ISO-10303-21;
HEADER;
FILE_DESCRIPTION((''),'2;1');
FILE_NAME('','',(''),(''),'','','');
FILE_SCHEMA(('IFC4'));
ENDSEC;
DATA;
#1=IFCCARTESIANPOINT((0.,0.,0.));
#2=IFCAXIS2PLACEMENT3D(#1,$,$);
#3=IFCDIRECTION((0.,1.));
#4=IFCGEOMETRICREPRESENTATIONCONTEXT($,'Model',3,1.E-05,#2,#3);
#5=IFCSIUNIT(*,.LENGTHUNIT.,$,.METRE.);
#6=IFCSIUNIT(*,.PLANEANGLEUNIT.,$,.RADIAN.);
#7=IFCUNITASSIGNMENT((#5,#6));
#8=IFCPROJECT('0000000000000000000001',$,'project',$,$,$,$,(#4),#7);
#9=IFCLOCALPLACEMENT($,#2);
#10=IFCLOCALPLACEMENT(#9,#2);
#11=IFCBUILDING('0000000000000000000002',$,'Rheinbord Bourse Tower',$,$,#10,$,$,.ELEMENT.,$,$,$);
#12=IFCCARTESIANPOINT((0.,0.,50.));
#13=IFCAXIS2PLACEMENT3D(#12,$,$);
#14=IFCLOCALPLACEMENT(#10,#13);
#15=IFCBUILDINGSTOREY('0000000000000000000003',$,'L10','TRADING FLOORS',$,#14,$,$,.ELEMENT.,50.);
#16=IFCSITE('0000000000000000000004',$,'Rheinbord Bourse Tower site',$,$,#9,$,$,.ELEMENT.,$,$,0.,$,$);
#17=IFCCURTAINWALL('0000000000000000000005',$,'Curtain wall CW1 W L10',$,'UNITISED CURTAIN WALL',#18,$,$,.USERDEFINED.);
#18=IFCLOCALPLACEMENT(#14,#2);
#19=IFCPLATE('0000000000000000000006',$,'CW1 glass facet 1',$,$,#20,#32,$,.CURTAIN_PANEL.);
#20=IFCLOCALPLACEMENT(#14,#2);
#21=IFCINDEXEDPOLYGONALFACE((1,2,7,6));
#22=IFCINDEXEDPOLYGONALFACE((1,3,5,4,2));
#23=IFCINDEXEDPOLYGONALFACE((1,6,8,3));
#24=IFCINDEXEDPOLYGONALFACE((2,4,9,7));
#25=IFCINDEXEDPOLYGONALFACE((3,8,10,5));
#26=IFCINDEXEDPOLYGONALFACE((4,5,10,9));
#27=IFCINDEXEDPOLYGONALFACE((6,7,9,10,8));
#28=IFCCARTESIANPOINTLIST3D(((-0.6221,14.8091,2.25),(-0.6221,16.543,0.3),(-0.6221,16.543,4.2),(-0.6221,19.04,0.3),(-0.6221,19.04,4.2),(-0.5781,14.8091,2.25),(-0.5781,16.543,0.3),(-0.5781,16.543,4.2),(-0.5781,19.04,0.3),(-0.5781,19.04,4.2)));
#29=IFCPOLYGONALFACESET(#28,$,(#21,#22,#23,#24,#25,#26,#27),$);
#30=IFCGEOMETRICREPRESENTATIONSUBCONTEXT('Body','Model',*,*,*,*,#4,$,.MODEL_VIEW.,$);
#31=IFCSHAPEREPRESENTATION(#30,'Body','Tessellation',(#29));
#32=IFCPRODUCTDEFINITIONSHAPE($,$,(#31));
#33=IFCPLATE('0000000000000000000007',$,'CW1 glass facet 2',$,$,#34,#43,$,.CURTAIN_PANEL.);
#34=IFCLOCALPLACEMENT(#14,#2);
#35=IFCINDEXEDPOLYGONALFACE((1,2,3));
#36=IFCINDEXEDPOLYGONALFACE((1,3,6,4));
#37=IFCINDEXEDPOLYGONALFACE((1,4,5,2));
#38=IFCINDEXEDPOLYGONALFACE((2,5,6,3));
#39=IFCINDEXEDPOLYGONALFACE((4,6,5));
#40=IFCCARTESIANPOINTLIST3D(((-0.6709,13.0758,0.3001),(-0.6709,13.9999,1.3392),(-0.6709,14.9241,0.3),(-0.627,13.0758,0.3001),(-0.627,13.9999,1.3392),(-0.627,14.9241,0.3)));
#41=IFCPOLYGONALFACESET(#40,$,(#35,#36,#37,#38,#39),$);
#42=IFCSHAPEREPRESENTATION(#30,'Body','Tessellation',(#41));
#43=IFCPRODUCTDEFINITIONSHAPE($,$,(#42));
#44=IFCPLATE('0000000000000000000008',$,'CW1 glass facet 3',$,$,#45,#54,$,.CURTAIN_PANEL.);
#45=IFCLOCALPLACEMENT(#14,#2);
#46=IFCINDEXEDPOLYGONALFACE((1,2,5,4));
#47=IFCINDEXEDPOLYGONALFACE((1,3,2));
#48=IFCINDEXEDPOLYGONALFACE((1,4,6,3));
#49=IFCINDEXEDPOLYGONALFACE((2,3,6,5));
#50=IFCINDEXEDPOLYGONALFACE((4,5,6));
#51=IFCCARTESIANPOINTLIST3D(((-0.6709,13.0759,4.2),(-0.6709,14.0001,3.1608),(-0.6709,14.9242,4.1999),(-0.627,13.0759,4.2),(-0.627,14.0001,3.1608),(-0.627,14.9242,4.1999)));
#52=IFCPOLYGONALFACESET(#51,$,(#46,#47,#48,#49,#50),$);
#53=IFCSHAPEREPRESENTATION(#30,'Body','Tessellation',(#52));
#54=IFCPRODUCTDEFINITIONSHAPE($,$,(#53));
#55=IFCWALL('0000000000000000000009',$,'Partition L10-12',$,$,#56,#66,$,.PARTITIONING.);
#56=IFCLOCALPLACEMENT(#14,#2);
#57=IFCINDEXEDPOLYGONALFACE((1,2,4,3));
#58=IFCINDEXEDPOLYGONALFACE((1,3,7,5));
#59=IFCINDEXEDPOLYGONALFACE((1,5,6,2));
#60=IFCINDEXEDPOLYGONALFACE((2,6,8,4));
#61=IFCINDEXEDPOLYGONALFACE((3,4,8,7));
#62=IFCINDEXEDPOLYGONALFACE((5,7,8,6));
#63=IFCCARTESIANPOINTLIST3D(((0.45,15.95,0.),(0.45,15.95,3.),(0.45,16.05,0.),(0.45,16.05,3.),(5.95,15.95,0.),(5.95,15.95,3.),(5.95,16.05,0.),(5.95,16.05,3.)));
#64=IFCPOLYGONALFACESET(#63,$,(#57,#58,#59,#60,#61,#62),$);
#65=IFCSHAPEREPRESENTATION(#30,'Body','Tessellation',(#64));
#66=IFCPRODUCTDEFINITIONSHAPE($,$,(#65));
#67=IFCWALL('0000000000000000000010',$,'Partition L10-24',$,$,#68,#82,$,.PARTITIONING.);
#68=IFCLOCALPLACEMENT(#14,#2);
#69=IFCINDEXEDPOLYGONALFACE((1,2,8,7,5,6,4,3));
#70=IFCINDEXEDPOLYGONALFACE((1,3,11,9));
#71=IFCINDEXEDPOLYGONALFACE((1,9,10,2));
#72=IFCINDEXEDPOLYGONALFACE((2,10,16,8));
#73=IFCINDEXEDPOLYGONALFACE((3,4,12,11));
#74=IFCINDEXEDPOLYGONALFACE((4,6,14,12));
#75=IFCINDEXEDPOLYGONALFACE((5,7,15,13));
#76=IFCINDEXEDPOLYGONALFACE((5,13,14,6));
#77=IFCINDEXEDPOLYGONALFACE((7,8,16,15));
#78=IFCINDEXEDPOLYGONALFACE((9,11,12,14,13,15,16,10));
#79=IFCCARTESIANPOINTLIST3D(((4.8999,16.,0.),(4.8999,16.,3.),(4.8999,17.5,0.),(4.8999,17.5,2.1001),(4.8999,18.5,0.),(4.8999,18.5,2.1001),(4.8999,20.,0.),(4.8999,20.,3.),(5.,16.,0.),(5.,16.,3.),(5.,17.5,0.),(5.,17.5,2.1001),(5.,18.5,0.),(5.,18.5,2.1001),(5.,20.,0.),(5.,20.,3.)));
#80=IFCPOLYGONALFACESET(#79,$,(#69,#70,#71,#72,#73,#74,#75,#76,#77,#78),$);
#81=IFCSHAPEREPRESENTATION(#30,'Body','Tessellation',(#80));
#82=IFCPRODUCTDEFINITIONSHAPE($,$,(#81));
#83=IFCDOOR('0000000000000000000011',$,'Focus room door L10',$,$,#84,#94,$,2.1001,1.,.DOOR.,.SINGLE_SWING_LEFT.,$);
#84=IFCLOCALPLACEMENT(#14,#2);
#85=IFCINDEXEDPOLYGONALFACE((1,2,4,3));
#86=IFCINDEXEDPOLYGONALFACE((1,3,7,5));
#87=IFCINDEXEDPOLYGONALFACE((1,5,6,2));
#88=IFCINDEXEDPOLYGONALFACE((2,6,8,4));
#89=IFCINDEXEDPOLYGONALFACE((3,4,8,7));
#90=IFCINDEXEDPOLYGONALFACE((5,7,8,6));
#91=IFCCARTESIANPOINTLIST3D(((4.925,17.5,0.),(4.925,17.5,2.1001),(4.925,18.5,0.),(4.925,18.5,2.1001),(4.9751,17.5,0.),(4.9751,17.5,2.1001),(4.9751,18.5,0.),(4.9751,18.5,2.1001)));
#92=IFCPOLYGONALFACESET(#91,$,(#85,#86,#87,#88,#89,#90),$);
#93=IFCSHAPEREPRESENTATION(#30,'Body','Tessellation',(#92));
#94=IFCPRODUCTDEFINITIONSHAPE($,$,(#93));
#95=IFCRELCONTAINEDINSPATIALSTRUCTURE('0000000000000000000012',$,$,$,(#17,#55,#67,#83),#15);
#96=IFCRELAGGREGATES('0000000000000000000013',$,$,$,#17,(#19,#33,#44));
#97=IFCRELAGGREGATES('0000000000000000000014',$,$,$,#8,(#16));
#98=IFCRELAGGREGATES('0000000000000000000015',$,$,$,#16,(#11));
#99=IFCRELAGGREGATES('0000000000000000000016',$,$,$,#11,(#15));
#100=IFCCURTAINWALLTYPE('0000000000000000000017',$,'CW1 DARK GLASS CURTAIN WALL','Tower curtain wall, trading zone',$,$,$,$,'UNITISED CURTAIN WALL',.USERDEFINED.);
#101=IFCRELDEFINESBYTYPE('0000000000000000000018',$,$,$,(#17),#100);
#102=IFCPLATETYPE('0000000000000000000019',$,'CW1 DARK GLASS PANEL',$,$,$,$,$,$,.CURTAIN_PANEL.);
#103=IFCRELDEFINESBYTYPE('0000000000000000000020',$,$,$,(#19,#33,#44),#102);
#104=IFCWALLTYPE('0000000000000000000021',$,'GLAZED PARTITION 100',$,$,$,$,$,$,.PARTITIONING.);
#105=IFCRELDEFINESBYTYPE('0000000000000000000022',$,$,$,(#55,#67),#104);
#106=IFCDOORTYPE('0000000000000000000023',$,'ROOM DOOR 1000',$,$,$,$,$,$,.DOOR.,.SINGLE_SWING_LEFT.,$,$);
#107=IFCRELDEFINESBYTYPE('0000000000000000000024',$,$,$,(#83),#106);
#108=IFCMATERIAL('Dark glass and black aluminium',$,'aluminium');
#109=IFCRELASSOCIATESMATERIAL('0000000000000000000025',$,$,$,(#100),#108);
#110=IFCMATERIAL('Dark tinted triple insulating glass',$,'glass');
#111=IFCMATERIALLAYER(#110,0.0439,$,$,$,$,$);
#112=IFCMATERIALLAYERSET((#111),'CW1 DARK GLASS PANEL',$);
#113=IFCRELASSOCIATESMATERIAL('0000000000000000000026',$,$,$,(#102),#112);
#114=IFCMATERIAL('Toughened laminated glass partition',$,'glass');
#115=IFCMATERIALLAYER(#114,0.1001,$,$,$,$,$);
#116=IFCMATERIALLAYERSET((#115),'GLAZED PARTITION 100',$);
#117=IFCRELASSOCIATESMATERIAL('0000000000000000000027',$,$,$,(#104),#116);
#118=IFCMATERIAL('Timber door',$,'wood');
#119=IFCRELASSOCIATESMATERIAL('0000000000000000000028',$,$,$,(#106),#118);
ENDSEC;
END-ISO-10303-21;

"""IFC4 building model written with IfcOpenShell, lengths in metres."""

from ifc_helpers import new_model, si_unit, direction, frame, frame_2d, origin, place, context, subcontext, project, spatial, polyline, rectangle, outline, extrude, material, layer, layer_set, type_object, element, fill, aggregate, save


model = new_model("IFC4")

# Units and contexts
model_context = context("Model", 3, precision=1e-05, world=origin(), true_north=direction((0.0, 1.0)))
body_context = subcontext(model_context, "Body", "Model", "MODEL_VIEW")
ifc_project = project(units=[si_unit("LENGTHUNIT", "METRE"), si_unit("PLANEANGLEUNIT", "RADIAN")], contexts=[model_context])

# Site, building, storey
site_placement = place(None, origin())
site = spatial("IfcSite", under=ifc_project, at=site_placement, Name="Rheinbord Bourse Tower site", CompositionType="ELEMENT", RefElevation=0.0)
building_placement = place(site_placement, origin())
building = spatial("IfcBuilding", under=site, at=building_placement, Name="Rheinbord Bourse Tower", CompositionType="ELEMENT")
storey_placement = place(building_placement, frame((0.0, 0.0, 50.0)))
storey = spatial("IfcBuildingStorey", under=building, at=storey_placement, Name="L10", Description="TRADING FLOORS", CompositionType="ELEMENT", Elevation=50.0)

# Curtain wall
ifc_material_1 = material(Name="Dark glass and black aluminium", Category="aluminium")
curtain_wall_type = type_object("IfcCurtainWallType", Name="CW1 DARK GLASS CURTAIN WALL", Description="Tower curtain wall, trading zone", ElementType="UNITISED CURTAIN WALL", PredefinedType="USERDEFINED", material=ifc_material_1)
curtain_wall_placement = place(storey_placement, origin())
curtain_wall = element("IfcCurtainWall", 1, at=curtain_wall_placement, inside=storey, type_object=curtain_wall_type, Name="Curtain wall CW1 W L10", ObjectType="UNITISED CURTAIN WALL", PredefinedType="USERDEFINED")

# Plates
ifc_material_2 = material(Name="Dark tinted triple insulating glass", Category="glass")
ifc_layer_1 = layer(ifc_material_2, 0.0439)
ifc_layer_set_1 = layer_set([ifc_layer_1], Name="CW1 DARK GLASS PANEL")
plate_type = type_object("IfcPlateType", Name="CW1 DARK GLASS PANEL", PredefinedType="CURTAIN_PANEL", material=ifc_layer_set_1)
plate_1_placement = place(storey_placement, frame((-0.6221, 19.04, 0.3), z_axis=(1.0, 0.0, 0.0), x_axis=(0.0, 0.0, 1.0)))
plate_1 = element("IfcPlate", 2, at=plate_1_placement, type_object=plate_type, Name="CW1 glass facet 1", PredefinedType="CURTAIN_PANEL", context=body_context, shape_type="SweptSolid", body=[
    extrude(outline(polyline([(0.0, 0.0), (3.8999, 0.0), (3.8999, 2.4971), (1.95, 4.231), (0.0, 2.4971), (0.0, 0.0)])), origin(), (0.0, 0.0, 1.0), 0.0439),
])
plate_2_placement = place(storey_placement, frame((-0.6709, 14.9241, 0.3), z_axis=(1.0, 0.0, 0.0), x_axis=(0.0, -0.664549, 0.747245)))
plate_2 = element("IfcPlate", 3, at=plate_2_placement, type_object=plate_type, Name="CW1 glass facet 2", PredefinedType="CURTAIN_PANEL", context=body_context, shape_type="SweptSolid", body=[
    extrude(outline(polyline([(0.0, 0.0), (1.3906, 0.0), (1.2283, 1.3811), (0.0, 0.0)])), origin(), (0.0, 0.0, 1.0), 0.0439),
])
plate_3_placement = place(storey_placement, frame((-0.6709, 13.0759, 4.2), z_axis=(1.0, 0.0, 0.0), x_axis=(0.0, 0.664549, -0.747245)))
plate_3 = element("IfcPlate", 4, at=plate_3_placement, type_object=plate_type, Name="CW1 glass facet 3", PredefinedType="CURTAIN_PANEL", context=body_context, shape_type="SweptSolid", body=[
    extrude(outline(polyline([(0.0, 0.0), (1.3906, 0.0), (1.2283, 1.3811), (0.0, 0.0)])), origin(), (0.0, 0.0, 1.0), 0.0439),
])
aggregate(curtain_wall, [plate_1, plate_2, plate_3])

# Wall
ifc_material_3 = material(Name="Toughened laminated glass partition", Category="glass")
ifc_layer_2 = layer(ifc_material_3, 0.1001)
ifc_layer_set_2 = layer_set([ifc_layer_2], Name="GLAZED PARTITION 100")
wall_type = type_object("IfcWallType", Name="GLAZED PARTITION 100", PredefinedType="PARTITIONING", material=ifc_layer_set_2)
wall_1_placement = place(storey_placement, frame((0.45, 16.0, 0.0), z_axis=(0.0, 0.0, 1.0), x_axis=(1.0, 0.0, 0.0)))
element("IfcWall", 5, at=wall_1_placement, inside=storey, type_object=wall_type, Name="Partition L10-12", PredefinedType="PARTITIONING", context=body_context, shape_type="SweptSolid", body=[
    extrude(rectangle(XDim=5.5, YDim=0.1001, at=frame_2d((2.75, 0.0))), origin(), (0.0, 0.0, 1.0), 3.0),
])

# Wall, opening, door
wall_2_placement = place(storey_placement, frame((4.95, 16.0, 0.0), z_axis=(0.0, 0.0, 1.0), x_axis=(0.0, 1.0, 0.0)))
wall_2 = element("IfcWall", 6, at=wall_2_placement, inside=storey, type_object=wall_type, Name="Partition L10-24", PredefinedType="PARTITIONING", context=body_context, shape_type="SweptSolid", body=[
    extrude(rectangle(XDim=4.0, YDim=0.1001, at=frame_2d((2.0, 0.0))), origin(), (0.0, 0.0, 1.0), 3.0),
])
opening_placement = place(wall_2_placement, frame((1.5, 0.0, 0.0)))
opening = element("IfcOpeningElement", 7, at=opening_placement, cuts=wall_2, PredefinedType="OPENING", context=body_context, shape_type="SweptSolid", body=[
    extrude(rectangle(XDim=1.0, YDim=2.1001, at=frame_2d((0.5, 1.05))), frame((0.0, 0.0601, 0.0), z_axis=(0.0, -1.0, 0.0), x_axis=(1.0, 0.0, 0.0)), (0.0, 0.0, 1.0), 0.1201),
])
ifc_material_4 = material(Name="Timber door", Category="wood")
door_type = type_object("IfcDoorType", Name="ROOM DOOR 1000", OperationType="SINGLE_SWING_LEFT", PredefinedType="DOOR", material=ifc_material_4)
door_placement = place(opening_placement, origin())
door = element("IfcDoor", 8, at=door_placement, inside=storey, type_object=door_type, Name="Focus room door L10", OperationType="SINGLE_SWING_LEFT", OverallHeight=2.1001, OverallWidth=1.0, PredefinedType="DOOR", context=body_context, shape_type="SweptSolid", body=[
    extrude(rectangle(XDim=1.0, YDim=2.1001, at=frame_2d((0.5, 1.05))), frame((0.0, 0.0249, 0.0), z_axis=(0.0, -1.0, 0.0), x_axis=(1.0, 0.0, 0.0)), (0.0, 0.0, 1.0), 0.05),
])
fill(opening, door)

save(model, "model.ifc")
